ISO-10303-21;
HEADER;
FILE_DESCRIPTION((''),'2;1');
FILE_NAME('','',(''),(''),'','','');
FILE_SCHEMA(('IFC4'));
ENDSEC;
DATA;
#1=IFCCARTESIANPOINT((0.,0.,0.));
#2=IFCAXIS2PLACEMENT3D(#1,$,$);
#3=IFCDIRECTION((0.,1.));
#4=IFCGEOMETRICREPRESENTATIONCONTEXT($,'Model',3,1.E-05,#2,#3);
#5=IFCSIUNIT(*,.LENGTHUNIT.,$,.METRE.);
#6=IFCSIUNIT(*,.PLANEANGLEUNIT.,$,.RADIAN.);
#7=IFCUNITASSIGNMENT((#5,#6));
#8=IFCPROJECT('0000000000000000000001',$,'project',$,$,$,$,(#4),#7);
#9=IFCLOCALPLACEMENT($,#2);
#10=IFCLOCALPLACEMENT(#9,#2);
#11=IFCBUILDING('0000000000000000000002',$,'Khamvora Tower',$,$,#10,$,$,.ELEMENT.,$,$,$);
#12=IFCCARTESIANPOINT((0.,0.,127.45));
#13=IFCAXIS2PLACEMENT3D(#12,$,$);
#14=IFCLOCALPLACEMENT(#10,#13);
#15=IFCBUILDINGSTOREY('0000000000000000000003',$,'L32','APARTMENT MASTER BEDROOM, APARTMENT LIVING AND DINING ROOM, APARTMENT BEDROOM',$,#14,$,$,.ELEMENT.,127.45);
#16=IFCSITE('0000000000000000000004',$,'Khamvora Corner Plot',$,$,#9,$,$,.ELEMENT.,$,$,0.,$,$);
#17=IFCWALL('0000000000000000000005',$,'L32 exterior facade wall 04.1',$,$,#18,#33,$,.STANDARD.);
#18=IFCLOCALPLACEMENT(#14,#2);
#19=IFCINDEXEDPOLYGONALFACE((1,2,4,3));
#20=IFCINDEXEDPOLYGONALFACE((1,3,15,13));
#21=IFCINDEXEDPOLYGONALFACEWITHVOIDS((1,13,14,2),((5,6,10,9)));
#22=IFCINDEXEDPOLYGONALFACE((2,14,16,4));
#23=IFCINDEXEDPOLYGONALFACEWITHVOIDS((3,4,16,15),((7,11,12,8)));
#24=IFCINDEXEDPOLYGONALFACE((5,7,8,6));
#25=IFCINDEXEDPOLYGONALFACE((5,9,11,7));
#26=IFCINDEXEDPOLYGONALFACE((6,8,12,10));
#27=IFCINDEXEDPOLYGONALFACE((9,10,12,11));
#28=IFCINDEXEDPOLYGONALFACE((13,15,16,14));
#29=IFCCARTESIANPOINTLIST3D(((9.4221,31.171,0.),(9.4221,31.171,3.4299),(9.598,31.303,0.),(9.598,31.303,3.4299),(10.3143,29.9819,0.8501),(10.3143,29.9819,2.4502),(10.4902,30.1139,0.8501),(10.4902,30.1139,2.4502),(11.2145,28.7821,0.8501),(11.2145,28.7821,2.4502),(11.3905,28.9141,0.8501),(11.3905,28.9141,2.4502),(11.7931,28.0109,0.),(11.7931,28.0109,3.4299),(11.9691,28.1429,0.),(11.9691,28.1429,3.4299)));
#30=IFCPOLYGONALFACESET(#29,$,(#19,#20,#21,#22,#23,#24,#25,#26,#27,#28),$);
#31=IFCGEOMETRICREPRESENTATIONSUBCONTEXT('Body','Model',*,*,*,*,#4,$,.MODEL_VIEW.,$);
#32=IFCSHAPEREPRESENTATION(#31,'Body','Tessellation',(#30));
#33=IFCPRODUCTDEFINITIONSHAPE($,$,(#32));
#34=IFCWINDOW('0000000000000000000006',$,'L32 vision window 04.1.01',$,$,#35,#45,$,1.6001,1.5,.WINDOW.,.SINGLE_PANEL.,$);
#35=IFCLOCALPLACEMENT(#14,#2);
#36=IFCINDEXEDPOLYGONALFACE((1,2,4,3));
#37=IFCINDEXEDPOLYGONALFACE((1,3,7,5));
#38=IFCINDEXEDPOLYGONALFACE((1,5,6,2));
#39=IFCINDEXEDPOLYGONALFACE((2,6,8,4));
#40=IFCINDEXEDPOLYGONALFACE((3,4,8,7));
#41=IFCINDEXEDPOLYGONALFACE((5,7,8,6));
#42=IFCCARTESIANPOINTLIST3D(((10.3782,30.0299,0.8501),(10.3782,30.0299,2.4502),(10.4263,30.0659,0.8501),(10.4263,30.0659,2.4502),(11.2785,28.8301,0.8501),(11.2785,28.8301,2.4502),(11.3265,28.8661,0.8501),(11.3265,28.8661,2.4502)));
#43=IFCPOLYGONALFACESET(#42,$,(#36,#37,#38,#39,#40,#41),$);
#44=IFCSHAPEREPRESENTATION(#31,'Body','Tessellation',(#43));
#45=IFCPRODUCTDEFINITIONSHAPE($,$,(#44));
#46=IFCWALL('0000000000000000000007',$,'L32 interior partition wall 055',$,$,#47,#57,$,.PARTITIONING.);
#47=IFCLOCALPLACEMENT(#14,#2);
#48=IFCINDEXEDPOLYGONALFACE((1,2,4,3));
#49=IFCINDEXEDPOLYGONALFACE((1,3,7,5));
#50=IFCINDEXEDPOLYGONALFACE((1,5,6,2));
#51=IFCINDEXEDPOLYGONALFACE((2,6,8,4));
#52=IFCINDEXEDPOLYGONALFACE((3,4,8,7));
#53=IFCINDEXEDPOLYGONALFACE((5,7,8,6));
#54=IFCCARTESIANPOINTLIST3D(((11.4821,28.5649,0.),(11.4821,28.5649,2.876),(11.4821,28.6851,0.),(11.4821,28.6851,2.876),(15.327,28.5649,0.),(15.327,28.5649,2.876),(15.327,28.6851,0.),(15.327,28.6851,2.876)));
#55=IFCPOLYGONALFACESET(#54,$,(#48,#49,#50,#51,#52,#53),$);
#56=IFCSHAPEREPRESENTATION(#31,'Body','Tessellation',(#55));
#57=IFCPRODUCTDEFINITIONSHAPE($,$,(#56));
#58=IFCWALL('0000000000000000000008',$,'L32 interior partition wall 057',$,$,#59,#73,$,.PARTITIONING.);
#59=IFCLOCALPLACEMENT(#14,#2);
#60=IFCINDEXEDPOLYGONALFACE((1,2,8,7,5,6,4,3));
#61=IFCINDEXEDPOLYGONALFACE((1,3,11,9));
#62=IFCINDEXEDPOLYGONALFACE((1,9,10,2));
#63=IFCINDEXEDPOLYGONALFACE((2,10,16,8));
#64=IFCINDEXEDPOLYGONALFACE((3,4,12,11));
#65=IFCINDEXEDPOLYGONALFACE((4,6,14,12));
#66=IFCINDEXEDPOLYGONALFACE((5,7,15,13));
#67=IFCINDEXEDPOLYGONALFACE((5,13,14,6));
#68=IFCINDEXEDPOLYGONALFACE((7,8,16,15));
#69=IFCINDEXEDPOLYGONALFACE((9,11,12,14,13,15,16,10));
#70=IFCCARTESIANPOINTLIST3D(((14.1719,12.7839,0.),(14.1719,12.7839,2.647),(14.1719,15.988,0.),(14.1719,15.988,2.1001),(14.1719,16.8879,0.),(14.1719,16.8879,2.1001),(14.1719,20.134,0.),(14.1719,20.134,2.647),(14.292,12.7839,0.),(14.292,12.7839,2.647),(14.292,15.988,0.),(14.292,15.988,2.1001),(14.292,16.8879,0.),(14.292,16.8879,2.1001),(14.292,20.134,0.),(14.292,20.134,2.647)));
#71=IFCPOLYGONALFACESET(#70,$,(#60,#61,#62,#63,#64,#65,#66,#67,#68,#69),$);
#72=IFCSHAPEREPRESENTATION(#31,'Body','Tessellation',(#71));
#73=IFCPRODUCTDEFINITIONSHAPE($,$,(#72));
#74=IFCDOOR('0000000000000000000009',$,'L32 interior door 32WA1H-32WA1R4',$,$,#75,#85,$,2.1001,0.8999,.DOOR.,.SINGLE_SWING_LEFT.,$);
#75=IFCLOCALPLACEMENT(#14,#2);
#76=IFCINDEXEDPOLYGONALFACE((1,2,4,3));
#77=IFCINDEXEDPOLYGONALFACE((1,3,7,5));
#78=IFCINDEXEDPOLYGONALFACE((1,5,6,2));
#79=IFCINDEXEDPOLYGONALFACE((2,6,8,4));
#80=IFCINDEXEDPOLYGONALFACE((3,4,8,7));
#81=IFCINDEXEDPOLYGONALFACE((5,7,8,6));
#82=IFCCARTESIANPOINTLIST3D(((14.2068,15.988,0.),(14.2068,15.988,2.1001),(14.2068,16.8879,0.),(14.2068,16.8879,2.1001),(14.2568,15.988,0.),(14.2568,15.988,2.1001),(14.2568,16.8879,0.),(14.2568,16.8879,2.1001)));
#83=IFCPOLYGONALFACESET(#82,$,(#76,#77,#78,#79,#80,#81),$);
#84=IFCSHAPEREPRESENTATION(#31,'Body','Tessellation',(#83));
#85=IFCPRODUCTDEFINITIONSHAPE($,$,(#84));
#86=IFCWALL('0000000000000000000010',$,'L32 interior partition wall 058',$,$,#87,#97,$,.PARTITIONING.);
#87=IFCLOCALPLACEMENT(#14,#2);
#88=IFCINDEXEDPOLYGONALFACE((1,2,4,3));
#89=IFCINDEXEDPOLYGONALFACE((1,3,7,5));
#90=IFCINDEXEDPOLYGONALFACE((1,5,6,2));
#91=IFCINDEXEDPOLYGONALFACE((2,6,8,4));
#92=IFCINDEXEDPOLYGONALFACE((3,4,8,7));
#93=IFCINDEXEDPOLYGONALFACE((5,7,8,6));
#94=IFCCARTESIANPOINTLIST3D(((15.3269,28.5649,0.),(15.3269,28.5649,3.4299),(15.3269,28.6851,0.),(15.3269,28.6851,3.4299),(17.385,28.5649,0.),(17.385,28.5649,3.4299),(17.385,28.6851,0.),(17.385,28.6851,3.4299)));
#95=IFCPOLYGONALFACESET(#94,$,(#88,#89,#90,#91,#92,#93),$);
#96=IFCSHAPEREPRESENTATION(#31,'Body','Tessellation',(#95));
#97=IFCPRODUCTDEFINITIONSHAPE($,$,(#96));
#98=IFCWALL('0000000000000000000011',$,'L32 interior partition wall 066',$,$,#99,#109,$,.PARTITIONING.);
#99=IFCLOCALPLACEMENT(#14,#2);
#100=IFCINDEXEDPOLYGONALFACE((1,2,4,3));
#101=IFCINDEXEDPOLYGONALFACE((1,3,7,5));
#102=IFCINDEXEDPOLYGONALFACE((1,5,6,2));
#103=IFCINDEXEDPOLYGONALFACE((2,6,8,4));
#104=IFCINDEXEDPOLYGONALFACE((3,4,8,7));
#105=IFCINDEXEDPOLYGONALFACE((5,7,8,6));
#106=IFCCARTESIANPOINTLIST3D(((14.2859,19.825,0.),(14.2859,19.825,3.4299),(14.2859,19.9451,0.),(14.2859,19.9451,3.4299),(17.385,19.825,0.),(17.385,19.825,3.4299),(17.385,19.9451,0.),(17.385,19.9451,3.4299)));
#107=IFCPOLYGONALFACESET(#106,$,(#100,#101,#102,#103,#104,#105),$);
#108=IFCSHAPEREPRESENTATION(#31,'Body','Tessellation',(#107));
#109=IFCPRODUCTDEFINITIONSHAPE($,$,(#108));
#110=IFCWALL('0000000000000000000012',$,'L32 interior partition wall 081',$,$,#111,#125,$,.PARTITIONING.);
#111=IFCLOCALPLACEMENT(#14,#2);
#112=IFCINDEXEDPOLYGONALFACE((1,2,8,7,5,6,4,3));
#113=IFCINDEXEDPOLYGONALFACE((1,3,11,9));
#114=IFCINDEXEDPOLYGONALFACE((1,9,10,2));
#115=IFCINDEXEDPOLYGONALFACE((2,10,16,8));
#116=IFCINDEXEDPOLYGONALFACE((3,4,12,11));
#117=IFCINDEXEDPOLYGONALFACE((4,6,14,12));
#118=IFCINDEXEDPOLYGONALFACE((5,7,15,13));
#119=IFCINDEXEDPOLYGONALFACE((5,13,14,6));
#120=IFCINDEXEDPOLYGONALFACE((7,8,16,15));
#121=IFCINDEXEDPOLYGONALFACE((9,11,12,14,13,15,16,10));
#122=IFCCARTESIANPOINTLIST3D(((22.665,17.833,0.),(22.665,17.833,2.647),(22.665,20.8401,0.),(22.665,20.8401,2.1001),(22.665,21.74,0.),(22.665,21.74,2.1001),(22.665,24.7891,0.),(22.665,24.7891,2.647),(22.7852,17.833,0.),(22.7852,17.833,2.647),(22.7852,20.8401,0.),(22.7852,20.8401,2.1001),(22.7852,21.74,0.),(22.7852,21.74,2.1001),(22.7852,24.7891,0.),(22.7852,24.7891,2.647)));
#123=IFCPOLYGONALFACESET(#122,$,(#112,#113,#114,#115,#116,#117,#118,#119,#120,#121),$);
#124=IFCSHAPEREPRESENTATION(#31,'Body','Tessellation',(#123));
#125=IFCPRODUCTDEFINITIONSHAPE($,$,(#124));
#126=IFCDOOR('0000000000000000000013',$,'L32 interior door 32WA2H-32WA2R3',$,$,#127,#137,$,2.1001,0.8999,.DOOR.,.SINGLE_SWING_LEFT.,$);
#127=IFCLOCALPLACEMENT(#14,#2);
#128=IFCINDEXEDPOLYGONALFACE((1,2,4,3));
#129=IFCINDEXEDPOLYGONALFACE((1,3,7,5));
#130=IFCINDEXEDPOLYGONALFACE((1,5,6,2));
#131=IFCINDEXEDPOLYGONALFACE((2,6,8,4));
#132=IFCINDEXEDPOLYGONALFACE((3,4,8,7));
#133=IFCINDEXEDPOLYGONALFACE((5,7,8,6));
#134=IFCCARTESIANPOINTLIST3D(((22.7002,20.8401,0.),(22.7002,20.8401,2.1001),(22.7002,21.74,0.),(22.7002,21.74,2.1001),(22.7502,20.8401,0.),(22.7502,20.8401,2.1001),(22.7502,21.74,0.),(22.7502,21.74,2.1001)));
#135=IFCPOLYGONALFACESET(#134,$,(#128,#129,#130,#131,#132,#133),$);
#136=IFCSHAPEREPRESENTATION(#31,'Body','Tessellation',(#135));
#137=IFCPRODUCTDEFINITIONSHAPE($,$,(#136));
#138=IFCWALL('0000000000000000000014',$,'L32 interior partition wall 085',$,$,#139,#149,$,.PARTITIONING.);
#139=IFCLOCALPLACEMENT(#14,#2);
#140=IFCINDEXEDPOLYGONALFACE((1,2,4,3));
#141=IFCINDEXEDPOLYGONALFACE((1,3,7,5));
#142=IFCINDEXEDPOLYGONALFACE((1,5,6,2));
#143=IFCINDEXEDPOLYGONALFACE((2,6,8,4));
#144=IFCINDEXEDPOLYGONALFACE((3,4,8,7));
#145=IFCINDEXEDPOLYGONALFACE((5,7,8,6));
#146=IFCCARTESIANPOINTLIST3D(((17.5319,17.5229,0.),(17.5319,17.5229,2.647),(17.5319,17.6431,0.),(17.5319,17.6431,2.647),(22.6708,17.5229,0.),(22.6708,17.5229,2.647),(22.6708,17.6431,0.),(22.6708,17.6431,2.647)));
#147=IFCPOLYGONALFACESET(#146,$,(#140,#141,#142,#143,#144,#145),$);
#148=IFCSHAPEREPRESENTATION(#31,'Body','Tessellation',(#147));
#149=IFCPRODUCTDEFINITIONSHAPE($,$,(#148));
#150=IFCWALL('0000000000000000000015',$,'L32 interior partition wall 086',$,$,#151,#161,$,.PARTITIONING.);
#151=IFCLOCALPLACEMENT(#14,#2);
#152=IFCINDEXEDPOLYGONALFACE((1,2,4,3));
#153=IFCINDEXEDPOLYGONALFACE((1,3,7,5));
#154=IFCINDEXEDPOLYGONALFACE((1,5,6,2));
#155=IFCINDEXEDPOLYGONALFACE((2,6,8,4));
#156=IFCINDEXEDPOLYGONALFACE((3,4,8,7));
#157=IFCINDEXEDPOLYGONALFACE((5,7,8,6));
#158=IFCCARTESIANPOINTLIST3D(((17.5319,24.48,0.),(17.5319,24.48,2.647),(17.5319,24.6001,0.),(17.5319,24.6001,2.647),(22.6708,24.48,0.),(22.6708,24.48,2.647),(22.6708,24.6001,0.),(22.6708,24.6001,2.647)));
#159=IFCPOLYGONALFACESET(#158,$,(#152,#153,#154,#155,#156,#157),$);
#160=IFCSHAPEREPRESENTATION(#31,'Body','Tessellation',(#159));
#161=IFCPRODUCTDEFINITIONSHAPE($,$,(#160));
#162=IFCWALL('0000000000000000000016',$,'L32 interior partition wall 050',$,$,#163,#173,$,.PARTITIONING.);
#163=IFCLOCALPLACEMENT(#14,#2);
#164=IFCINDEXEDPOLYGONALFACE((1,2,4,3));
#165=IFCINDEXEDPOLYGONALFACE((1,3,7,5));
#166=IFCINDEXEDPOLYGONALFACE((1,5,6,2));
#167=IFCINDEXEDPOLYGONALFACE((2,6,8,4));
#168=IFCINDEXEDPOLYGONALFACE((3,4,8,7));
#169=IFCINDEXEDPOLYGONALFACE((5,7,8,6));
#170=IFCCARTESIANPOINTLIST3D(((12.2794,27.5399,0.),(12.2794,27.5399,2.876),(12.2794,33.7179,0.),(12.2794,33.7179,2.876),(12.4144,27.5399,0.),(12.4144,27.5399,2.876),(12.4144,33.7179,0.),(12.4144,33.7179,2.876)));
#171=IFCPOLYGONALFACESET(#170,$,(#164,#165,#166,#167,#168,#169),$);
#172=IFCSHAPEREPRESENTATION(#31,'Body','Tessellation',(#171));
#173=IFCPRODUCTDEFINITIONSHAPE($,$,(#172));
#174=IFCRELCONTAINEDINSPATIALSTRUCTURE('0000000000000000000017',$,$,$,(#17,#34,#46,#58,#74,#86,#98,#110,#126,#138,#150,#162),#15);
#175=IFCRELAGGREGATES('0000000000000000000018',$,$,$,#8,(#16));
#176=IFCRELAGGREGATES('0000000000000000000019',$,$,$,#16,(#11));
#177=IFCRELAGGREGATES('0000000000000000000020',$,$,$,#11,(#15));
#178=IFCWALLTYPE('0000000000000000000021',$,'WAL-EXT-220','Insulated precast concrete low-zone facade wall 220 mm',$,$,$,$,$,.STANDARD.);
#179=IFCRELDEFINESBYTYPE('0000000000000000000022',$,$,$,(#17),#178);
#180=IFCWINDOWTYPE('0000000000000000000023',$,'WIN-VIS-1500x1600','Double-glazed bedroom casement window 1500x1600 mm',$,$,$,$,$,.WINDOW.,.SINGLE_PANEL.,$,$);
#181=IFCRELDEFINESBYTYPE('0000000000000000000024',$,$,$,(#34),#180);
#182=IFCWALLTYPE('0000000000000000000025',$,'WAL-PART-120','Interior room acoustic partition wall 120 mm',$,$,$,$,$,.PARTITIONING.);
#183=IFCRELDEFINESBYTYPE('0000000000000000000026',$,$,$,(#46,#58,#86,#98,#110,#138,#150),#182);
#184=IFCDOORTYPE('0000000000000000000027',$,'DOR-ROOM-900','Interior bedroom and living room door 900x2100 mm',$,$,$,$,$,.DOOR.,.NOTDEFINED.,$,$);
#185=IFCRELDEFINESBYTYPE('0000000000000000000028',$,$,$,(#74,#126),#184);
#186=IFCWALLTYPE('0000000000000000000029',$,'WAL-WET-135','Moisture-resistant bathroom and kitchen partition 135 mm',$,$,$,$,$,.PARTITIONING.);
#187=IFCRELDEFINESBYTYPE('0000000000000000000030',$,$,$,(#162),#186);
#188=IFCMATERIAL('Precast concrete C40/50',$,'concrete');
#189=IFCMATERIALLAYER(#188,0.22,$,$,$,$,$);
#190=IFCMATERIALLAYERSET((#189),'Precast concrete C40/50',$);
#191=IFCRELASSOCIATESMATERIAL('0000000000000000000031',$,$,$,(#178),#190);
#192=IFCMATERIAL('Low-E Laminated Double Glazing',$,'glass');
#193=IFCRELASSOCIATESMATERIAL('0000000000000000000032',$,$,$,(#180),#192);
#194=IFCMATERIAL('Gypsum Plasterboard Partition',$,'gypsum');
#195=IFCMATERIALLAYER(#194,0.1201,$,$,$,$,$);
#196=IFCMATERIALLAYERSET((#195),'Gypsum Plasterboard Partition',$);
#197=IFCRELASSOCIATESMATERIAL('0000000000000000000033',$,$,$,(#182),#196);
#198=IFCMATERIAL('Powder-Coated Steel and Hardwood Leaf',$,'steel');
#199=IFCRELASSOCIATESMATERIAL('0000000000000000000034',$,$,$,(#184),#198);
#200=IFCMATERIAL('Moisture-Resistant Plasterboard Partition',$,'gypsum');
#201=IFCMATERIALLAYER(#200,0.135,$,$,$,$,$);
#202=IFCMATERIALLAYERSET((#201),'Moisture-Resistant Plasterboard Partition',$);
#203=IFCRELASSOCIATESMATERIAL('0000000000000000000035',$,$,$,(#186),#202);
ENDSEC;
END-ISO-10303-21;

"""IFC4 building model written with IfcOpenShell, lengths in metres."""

from ifc_helpers import new_model, si_unit, direction, frame, frame_2d, origin, place, context, subcontext, project, spatial, rectangle, extrude, material, layer, layer_set, type_object, element, fill, save


model = new_model("IFC4")

# Units and contexts
model_context = context("Model", 3, precision=1e-05, world=origin(), true_north=direction((0.0, 1.0)))
body_context = subcontext(model_context, "Body", "Model", "MODEL_VIEW")
ifc_project = project(units=[si_unit("LENGTHUNIT", "METRE"), si_unit("PLANEANGLEUNIT", "RADIAN")], contexts=[model_context])

# Site, building, storey
site_placement = place(None, origin())
site = spatial("IfcSite", under=ifc_project, at=site_placement, Name="Khamvora Corner Plot", CompositionType="ELEMENT", RefElevation=0.0)
building_placement = place(site_placement, origin())
building = spatial("IfcBuilding", under=site, at=building_placement, Name="Khamvora Tower", CompositionType="ELEMENT")
storey_placement = place(building_placement, frame((0.0, 0.0, 127.45)))
storey = spatial("IfcBuildingStorey", under=building, at=storey_placement, Name="L32", Description="APARTMENT MASTER BEDROOM, APARTMENT LIVING AND DINING ROOM, APARTMENT BEDROOM", CompositionType="ELEMENT", Elevation=127.45)

# Shared definitions
ifc_material_1 = material(Name="Precast concrete C40/50", Category="concrete")
ifc_layer_1 = layer(ifc_material_1, 0.22)
ifc_layer_set_1 = layer_set([ifc_layer_1], Name="Precast concrete C40/50")
wall_type_1 = type_object("IfcWallType", Name="WAL-EXT-220", Description="Insulated precast concrete low-zone facade wall 220 mm", PredefinedType="STANDARD", material=ifc_layer_set_1)

# Wall, opening, window
wall_1_placement = place(storey_placement, frame((11.8811, 28.0769, 0.0), z_axis=(0.0, 0.0, 1.0), x_axis=(-0.600158, 0.799881, 0.0)))
wall_1 = element("IfcWall", 1, at=wall_1_placement, inside=storey, type_object=wall_type_1, Name="L32 exterior facade wall 04.1", PredefinedType="STANDARD", context=body_context, shape_type="SweptSolid", body=[
    extrude(rectangle(XDim=3.9507, YDim=0.22, at=frame_2d((1.9753, 0.0))), origin(), (0.0, 0.0, 1.0), 3.4299),
])
opening_1_placement = place(wall_1_placement, frame((0.9641, 0.0, 0.8501)))
opening_1 = element("IfcOpeningElement", 2, at=opening_1_placement, cuts=wall_1, PredefinedType="OPENING", context=body_context, shape_type="SweptSolid", body=[
    extrude(rectangle(XDim=1.5, YDim=1.6001, at=frame_2d((0.75, 0.8))), frame((0.0, 0.1199, 0.0), z_axis=(0.0, -1.0, 0.0), x_axis=(1.0, 0.0, 0.0)), (0.0, 0.0, 1.0), 0.24),
])
ifc_material_2 = material(Name="Low-E Laminated Double Glazing", Category="glass")
window_type = type_object("IfcWindowType", Name="WIN-VIS-1500x1600", Description="Double-glazed bedroom casement window 1500x1600 mm", PartitioningType="SINGLE_PANEL", PredefinedType="WINDOW", material=ifc_material_2)
window_placement = place(opening_1_placement, origin())
window = element("IfcWindow", 3, at=window_placement, inside=storey, type_object=window_type, Name="L32 vision window 04.1.01", OverallHeight=1.6001, OverallWidth=1.5, PartitioningType="SINGLE_PANEL", PredefinedType="WINDOW", context=body_context, shape_type="SweptSolid", body=[
    extrude(rectangle(XDim=1.5, YDim=1.6001, at=frame_2d((0.75, 0.8))), frame((0.0, 0.03, 0.0), z_axis=(0.0, -1.0, 0.0), x_axis=(1.0, 0.0, 0.0)), (0.0, 0.0, 1.0), 0.0601),
])
fill(opening_1, window)

# Wall
ifc_material_3 = material(Name="Gypsum Plasterboard Partition", Category="gypsum")
ifc_layer_2 = layer(ifc_material_3, 0.1201)
ifc_layer_set_2 = layer_set([ifc_layer_2], Name="Gypsum Plasterboard Partition")
wall_type_2 = type_object("IfcWallType", Name="WAL-PART-120", Description="Interior room acoustic partition wall 120 mm", PredefinedType="PARTITIONING", material=ifc_layer_set_2)
wall_2_placement = place(storey_placement, frame((15.3269, 28.625, 0.0), z_axis=(0.0, 0.0, 1.0), x_axis=(-1.0, 0.0, 0.0)))
element("IfcWall", 4, at=wall_2_placement, inside=storey, type_object=wall_type_2, Name="L32 interior partition wall 055", PredefinedType="PARTITIONING", context=body_context, shape_type="SweptSolid", body=[
    extrude(rectangle(XDim=3.845, YDim=0.1201, at=frame_2d((1.9224, 0.0))), origin(), (0.0, 0.0, 1.0), 2.876),
])

# Wall, opening, door
wall_3_placement = place(storey_placement, frame((14.2319, 20.134, 0.0), z_axis=(0.0, 0.0, 1.0), x_axis=(0.0, -1.0, 0.0)))
wall_3 = element("IfcWall", 5, at=wall_3_placement, inside=storey, type_object=wall_type_2, Name="L32 interior partition wall 057", PredefinedType="PARTITIONING", context=body_context, shape_type="SweptSolid", body=[
    extrude(rectangle(XDim=7.3501, YDim=0.1201, at=frame_2d((3.675, 0.0))), origin(), (0.0, 0.0, 1.0), 2.647),
])
opening_2_placement = place(wall_3_placement, frame((3.2461, 0.0, 0.0)))
opening_2 = element("IfcOpeningElement", 6, at=opening_2_placement, cuts=wall_3, PredefinedType="OPENING", context=body_context, shape_type="SweptSolid", body=[
    extrude(rectangle(XDim=0.8999, YDim=2.1001, at=frame_2d((0.45, 1.05))), frame((0.0, 0.0701, 0.0), z_axis=(0.0, -1.0, 0.0), x_axis=(1.0, 0.0, 0.0)), (0.0, 0.0, 1.0), 0.1401),
])
ifc_material_4 = material(Name="Powder-Coated Steel and Hardwood Leaf", Category="steel")
door_type = type_object("IfcDoorType", Name="DOR-ROOM-900", Description="Interior bedroom and living room door 900x2100 mm", OperationType="NOTDEFINED", PredefinedType="DOOR", material=ifc_material_4)
door_1_placement = place(opening_2_placement, origin())
door_1 = element("IfcDoor", 7, at=door_1_placement, inside=storey, type_object=door_type, Name="L32 interior door 32WA1H-32WA1R4", OperationType="SINGLE_SWING_LEFT", OverallHeight=2.1001, OverallWidth=0.8999, PredefinedType="DOOR", context=body_context, shape_type="SweptSolid", body=[
    extrude(rectangle(XDim=0.8999, YDim=2.1001, at=frame_2d((0.45, 1.05))), frame((0.0, 0.0249, 0.0), z_axis=(0.0, -1.0, 0.0), x_axis=(1.0, 0.0, 0.0)), (0.0, 0.0, 1.0), 0.05),
])
fill(opening_2, door_1)

# Walls
wall_4_placement = place(storey_placement, frame((17.385, 28.625, 0.0), z_axis=(0.0, 0.0, 1.0), x_axis=(-1.0, 0.0, 0.0)))
element("IfcWall", 8, at=wall_4_placement, inside=storey, type_object=wall_type_2, Name="L32 interior partition wall 058", PredefinedType="PARTITIONING", context=body_context, shape_type="SweptSolid", body=[
    extrude(rectangle(XDim=2.0581, YDim=0.1201, at=frame_2d((1.0291, 0.0))), origin(), (0.0, 0.0, 1.0), 3.4299),
])
wall_5_placement = place(storey_placement, frame((14.2859, 19.885, 0.0), z_axis=(0.0, 0.0, 1.0), x_axis=(1.0, 0.0, 0.0)))
element("IfcWall", 9, at=wall_5_placement, inside=storey, type_object=wall_type_2, Name="L32 interior partition wall 066", PredefinedType="PARTITIONING", context=body_context, shape_type="SweptSolid", body=[
    extrude(rectangle(XDim=3.0991, YDim=0.1201, at=frame_2d((1.5496, 0.0))), origin(), (0.0, 0.0, 1.0), 3.4299),
])

# Wall, opening, door
wall_6_placement = place(storey_placement, frame((22.7251, 17.833, 0.0), z_axis=(0.0, 0.0, 1.0), x_axis=(0.0, 1.0, 0.0)))
wall_6 = element("IfcWall", 10, at=wall_6_placement, inside=storey, type_object=wall_type_2, Name="L32 interior partition wall 081", PredefinedType="PARTITIONING", context=body_context, shape_type="SweptSolid", body=[
    extrude(rectangle(XDim=6.9561, YDim=0.1201, at=frame_2d((3.478, 0.0))), origin(), (0.0, 0.0, 1.0), 2.647),
])
opening_3_placement = place(wall_6_placement, frame((3.0071, 0.0, 0.0)))
opening_3 = element("IfcOpeningElement", 11, at=opening_3_placement, cuts=wall_6, PredefinedType="OPENING", context=body_context, shape_type="SweptSolid", body=[
    extrude(rectangle(XDim=0.8999, YDim=2.1001, at=frame_2d((0.45, 1.05))), frame((0.0, 0.0701, 0.0), z_axis=(0.0, -1.0, 0.0), x_axis=(1.0, 0.0, 0.0)), (0.0, 0.0, 1.0), 0.1401),
])
door_2_placement = place(opening_3_placement, origin())
door_2 = element("IfcDoor", 12, at=door_2_placement, inside=storey, type_object=door_type, Name="L32 interior door 32WA2H-32WA2R3", OperationType="SINGLE_SWING_LEFT", OverallHeight=2.1001, OverallWidth=0.8999, PredefinedType="DOOR", context=body_context, shape_type="SweptSolid", body=[
    extrude(rectangle(XDim=0.8999, YDim=2.1001, at=frame_2d((0.45, 1.05))), frame((0.0, 0.0249, 0.0), z_axis=(0.0, -1.0, 0.0), x_axis=(1.0, 0.0, 0.0)), (0.0, 0.0, 1.0), 0.05),
])
fill(opening_3, door_2)

# Walls
for number, where, z_axis, x_axis, name in (
    (13, (17.532, 17.583, 0.0), (0.0, 0.0, 1.0), (1.0, 0.0, 0.0), "L32 interior partition wall 085"),
    (14, (17.532, 24.54, 0.0), (0.0, 0.0, 1.0), (1.0, 0.0, 0.0), "L32 interior partition wall 086"),
):
    element("IfcWall", number, at=place(storey_placement, frame(where, z_axis=z_axis, x_axis=x_axis)), inside=storey, type_object=wall_type_2, Name=name, PredefinedType="PARTITIONING", context=body_context, shape_type="SweptSolid", body=[
        extrude(rectangle(XDim=5.1389, YDim=0.1201, at=frame_2d((2.5693, 0.0))), origin(), (0.0, 0.0, 1.0), 2.647),
    ])
ifc_material_5 = material(Name="Moisture-Resistant Plasterboard Partition", Category="gypsum")
ifc_layer_3 = layer(ifc_material_5, 0.135)
ifc_layer_set_3 = layer_set([ifc_layer_3], Name="Moisture-Resistant Plasterboard Partition")
wall_type_3 = type_object("IfcWallType", Name="WAL-WET-135", Description="Moisture-resistant bathroom and kitchen partition 135 mm", PredefinedType="PARTITIONING", material=ifc_layer_set_3)
wall_7_placement = place(storey_placement, frame((12.3469, 27.54, 0.0), z_axis=(0.0, 0.0, 1.0), x_axis=(0.0, 1.0, 0.0)))
element("IfcWall", 15, at=wall_7_placement, inside=storey, type_object=wall_type_3, Name="L32 interior partition wall 050", PredefinedType="PARTITIONING", context=body_context, shape_type="SweptSolid", body=[
    extrude(rectangle(XDim=6.178, YDim=0.135, at=frame_2d((3.0889, 0.0))), origin(), (0.0, 0.0, 1.0), 2.876),
])

save(model, "model.ifc")
